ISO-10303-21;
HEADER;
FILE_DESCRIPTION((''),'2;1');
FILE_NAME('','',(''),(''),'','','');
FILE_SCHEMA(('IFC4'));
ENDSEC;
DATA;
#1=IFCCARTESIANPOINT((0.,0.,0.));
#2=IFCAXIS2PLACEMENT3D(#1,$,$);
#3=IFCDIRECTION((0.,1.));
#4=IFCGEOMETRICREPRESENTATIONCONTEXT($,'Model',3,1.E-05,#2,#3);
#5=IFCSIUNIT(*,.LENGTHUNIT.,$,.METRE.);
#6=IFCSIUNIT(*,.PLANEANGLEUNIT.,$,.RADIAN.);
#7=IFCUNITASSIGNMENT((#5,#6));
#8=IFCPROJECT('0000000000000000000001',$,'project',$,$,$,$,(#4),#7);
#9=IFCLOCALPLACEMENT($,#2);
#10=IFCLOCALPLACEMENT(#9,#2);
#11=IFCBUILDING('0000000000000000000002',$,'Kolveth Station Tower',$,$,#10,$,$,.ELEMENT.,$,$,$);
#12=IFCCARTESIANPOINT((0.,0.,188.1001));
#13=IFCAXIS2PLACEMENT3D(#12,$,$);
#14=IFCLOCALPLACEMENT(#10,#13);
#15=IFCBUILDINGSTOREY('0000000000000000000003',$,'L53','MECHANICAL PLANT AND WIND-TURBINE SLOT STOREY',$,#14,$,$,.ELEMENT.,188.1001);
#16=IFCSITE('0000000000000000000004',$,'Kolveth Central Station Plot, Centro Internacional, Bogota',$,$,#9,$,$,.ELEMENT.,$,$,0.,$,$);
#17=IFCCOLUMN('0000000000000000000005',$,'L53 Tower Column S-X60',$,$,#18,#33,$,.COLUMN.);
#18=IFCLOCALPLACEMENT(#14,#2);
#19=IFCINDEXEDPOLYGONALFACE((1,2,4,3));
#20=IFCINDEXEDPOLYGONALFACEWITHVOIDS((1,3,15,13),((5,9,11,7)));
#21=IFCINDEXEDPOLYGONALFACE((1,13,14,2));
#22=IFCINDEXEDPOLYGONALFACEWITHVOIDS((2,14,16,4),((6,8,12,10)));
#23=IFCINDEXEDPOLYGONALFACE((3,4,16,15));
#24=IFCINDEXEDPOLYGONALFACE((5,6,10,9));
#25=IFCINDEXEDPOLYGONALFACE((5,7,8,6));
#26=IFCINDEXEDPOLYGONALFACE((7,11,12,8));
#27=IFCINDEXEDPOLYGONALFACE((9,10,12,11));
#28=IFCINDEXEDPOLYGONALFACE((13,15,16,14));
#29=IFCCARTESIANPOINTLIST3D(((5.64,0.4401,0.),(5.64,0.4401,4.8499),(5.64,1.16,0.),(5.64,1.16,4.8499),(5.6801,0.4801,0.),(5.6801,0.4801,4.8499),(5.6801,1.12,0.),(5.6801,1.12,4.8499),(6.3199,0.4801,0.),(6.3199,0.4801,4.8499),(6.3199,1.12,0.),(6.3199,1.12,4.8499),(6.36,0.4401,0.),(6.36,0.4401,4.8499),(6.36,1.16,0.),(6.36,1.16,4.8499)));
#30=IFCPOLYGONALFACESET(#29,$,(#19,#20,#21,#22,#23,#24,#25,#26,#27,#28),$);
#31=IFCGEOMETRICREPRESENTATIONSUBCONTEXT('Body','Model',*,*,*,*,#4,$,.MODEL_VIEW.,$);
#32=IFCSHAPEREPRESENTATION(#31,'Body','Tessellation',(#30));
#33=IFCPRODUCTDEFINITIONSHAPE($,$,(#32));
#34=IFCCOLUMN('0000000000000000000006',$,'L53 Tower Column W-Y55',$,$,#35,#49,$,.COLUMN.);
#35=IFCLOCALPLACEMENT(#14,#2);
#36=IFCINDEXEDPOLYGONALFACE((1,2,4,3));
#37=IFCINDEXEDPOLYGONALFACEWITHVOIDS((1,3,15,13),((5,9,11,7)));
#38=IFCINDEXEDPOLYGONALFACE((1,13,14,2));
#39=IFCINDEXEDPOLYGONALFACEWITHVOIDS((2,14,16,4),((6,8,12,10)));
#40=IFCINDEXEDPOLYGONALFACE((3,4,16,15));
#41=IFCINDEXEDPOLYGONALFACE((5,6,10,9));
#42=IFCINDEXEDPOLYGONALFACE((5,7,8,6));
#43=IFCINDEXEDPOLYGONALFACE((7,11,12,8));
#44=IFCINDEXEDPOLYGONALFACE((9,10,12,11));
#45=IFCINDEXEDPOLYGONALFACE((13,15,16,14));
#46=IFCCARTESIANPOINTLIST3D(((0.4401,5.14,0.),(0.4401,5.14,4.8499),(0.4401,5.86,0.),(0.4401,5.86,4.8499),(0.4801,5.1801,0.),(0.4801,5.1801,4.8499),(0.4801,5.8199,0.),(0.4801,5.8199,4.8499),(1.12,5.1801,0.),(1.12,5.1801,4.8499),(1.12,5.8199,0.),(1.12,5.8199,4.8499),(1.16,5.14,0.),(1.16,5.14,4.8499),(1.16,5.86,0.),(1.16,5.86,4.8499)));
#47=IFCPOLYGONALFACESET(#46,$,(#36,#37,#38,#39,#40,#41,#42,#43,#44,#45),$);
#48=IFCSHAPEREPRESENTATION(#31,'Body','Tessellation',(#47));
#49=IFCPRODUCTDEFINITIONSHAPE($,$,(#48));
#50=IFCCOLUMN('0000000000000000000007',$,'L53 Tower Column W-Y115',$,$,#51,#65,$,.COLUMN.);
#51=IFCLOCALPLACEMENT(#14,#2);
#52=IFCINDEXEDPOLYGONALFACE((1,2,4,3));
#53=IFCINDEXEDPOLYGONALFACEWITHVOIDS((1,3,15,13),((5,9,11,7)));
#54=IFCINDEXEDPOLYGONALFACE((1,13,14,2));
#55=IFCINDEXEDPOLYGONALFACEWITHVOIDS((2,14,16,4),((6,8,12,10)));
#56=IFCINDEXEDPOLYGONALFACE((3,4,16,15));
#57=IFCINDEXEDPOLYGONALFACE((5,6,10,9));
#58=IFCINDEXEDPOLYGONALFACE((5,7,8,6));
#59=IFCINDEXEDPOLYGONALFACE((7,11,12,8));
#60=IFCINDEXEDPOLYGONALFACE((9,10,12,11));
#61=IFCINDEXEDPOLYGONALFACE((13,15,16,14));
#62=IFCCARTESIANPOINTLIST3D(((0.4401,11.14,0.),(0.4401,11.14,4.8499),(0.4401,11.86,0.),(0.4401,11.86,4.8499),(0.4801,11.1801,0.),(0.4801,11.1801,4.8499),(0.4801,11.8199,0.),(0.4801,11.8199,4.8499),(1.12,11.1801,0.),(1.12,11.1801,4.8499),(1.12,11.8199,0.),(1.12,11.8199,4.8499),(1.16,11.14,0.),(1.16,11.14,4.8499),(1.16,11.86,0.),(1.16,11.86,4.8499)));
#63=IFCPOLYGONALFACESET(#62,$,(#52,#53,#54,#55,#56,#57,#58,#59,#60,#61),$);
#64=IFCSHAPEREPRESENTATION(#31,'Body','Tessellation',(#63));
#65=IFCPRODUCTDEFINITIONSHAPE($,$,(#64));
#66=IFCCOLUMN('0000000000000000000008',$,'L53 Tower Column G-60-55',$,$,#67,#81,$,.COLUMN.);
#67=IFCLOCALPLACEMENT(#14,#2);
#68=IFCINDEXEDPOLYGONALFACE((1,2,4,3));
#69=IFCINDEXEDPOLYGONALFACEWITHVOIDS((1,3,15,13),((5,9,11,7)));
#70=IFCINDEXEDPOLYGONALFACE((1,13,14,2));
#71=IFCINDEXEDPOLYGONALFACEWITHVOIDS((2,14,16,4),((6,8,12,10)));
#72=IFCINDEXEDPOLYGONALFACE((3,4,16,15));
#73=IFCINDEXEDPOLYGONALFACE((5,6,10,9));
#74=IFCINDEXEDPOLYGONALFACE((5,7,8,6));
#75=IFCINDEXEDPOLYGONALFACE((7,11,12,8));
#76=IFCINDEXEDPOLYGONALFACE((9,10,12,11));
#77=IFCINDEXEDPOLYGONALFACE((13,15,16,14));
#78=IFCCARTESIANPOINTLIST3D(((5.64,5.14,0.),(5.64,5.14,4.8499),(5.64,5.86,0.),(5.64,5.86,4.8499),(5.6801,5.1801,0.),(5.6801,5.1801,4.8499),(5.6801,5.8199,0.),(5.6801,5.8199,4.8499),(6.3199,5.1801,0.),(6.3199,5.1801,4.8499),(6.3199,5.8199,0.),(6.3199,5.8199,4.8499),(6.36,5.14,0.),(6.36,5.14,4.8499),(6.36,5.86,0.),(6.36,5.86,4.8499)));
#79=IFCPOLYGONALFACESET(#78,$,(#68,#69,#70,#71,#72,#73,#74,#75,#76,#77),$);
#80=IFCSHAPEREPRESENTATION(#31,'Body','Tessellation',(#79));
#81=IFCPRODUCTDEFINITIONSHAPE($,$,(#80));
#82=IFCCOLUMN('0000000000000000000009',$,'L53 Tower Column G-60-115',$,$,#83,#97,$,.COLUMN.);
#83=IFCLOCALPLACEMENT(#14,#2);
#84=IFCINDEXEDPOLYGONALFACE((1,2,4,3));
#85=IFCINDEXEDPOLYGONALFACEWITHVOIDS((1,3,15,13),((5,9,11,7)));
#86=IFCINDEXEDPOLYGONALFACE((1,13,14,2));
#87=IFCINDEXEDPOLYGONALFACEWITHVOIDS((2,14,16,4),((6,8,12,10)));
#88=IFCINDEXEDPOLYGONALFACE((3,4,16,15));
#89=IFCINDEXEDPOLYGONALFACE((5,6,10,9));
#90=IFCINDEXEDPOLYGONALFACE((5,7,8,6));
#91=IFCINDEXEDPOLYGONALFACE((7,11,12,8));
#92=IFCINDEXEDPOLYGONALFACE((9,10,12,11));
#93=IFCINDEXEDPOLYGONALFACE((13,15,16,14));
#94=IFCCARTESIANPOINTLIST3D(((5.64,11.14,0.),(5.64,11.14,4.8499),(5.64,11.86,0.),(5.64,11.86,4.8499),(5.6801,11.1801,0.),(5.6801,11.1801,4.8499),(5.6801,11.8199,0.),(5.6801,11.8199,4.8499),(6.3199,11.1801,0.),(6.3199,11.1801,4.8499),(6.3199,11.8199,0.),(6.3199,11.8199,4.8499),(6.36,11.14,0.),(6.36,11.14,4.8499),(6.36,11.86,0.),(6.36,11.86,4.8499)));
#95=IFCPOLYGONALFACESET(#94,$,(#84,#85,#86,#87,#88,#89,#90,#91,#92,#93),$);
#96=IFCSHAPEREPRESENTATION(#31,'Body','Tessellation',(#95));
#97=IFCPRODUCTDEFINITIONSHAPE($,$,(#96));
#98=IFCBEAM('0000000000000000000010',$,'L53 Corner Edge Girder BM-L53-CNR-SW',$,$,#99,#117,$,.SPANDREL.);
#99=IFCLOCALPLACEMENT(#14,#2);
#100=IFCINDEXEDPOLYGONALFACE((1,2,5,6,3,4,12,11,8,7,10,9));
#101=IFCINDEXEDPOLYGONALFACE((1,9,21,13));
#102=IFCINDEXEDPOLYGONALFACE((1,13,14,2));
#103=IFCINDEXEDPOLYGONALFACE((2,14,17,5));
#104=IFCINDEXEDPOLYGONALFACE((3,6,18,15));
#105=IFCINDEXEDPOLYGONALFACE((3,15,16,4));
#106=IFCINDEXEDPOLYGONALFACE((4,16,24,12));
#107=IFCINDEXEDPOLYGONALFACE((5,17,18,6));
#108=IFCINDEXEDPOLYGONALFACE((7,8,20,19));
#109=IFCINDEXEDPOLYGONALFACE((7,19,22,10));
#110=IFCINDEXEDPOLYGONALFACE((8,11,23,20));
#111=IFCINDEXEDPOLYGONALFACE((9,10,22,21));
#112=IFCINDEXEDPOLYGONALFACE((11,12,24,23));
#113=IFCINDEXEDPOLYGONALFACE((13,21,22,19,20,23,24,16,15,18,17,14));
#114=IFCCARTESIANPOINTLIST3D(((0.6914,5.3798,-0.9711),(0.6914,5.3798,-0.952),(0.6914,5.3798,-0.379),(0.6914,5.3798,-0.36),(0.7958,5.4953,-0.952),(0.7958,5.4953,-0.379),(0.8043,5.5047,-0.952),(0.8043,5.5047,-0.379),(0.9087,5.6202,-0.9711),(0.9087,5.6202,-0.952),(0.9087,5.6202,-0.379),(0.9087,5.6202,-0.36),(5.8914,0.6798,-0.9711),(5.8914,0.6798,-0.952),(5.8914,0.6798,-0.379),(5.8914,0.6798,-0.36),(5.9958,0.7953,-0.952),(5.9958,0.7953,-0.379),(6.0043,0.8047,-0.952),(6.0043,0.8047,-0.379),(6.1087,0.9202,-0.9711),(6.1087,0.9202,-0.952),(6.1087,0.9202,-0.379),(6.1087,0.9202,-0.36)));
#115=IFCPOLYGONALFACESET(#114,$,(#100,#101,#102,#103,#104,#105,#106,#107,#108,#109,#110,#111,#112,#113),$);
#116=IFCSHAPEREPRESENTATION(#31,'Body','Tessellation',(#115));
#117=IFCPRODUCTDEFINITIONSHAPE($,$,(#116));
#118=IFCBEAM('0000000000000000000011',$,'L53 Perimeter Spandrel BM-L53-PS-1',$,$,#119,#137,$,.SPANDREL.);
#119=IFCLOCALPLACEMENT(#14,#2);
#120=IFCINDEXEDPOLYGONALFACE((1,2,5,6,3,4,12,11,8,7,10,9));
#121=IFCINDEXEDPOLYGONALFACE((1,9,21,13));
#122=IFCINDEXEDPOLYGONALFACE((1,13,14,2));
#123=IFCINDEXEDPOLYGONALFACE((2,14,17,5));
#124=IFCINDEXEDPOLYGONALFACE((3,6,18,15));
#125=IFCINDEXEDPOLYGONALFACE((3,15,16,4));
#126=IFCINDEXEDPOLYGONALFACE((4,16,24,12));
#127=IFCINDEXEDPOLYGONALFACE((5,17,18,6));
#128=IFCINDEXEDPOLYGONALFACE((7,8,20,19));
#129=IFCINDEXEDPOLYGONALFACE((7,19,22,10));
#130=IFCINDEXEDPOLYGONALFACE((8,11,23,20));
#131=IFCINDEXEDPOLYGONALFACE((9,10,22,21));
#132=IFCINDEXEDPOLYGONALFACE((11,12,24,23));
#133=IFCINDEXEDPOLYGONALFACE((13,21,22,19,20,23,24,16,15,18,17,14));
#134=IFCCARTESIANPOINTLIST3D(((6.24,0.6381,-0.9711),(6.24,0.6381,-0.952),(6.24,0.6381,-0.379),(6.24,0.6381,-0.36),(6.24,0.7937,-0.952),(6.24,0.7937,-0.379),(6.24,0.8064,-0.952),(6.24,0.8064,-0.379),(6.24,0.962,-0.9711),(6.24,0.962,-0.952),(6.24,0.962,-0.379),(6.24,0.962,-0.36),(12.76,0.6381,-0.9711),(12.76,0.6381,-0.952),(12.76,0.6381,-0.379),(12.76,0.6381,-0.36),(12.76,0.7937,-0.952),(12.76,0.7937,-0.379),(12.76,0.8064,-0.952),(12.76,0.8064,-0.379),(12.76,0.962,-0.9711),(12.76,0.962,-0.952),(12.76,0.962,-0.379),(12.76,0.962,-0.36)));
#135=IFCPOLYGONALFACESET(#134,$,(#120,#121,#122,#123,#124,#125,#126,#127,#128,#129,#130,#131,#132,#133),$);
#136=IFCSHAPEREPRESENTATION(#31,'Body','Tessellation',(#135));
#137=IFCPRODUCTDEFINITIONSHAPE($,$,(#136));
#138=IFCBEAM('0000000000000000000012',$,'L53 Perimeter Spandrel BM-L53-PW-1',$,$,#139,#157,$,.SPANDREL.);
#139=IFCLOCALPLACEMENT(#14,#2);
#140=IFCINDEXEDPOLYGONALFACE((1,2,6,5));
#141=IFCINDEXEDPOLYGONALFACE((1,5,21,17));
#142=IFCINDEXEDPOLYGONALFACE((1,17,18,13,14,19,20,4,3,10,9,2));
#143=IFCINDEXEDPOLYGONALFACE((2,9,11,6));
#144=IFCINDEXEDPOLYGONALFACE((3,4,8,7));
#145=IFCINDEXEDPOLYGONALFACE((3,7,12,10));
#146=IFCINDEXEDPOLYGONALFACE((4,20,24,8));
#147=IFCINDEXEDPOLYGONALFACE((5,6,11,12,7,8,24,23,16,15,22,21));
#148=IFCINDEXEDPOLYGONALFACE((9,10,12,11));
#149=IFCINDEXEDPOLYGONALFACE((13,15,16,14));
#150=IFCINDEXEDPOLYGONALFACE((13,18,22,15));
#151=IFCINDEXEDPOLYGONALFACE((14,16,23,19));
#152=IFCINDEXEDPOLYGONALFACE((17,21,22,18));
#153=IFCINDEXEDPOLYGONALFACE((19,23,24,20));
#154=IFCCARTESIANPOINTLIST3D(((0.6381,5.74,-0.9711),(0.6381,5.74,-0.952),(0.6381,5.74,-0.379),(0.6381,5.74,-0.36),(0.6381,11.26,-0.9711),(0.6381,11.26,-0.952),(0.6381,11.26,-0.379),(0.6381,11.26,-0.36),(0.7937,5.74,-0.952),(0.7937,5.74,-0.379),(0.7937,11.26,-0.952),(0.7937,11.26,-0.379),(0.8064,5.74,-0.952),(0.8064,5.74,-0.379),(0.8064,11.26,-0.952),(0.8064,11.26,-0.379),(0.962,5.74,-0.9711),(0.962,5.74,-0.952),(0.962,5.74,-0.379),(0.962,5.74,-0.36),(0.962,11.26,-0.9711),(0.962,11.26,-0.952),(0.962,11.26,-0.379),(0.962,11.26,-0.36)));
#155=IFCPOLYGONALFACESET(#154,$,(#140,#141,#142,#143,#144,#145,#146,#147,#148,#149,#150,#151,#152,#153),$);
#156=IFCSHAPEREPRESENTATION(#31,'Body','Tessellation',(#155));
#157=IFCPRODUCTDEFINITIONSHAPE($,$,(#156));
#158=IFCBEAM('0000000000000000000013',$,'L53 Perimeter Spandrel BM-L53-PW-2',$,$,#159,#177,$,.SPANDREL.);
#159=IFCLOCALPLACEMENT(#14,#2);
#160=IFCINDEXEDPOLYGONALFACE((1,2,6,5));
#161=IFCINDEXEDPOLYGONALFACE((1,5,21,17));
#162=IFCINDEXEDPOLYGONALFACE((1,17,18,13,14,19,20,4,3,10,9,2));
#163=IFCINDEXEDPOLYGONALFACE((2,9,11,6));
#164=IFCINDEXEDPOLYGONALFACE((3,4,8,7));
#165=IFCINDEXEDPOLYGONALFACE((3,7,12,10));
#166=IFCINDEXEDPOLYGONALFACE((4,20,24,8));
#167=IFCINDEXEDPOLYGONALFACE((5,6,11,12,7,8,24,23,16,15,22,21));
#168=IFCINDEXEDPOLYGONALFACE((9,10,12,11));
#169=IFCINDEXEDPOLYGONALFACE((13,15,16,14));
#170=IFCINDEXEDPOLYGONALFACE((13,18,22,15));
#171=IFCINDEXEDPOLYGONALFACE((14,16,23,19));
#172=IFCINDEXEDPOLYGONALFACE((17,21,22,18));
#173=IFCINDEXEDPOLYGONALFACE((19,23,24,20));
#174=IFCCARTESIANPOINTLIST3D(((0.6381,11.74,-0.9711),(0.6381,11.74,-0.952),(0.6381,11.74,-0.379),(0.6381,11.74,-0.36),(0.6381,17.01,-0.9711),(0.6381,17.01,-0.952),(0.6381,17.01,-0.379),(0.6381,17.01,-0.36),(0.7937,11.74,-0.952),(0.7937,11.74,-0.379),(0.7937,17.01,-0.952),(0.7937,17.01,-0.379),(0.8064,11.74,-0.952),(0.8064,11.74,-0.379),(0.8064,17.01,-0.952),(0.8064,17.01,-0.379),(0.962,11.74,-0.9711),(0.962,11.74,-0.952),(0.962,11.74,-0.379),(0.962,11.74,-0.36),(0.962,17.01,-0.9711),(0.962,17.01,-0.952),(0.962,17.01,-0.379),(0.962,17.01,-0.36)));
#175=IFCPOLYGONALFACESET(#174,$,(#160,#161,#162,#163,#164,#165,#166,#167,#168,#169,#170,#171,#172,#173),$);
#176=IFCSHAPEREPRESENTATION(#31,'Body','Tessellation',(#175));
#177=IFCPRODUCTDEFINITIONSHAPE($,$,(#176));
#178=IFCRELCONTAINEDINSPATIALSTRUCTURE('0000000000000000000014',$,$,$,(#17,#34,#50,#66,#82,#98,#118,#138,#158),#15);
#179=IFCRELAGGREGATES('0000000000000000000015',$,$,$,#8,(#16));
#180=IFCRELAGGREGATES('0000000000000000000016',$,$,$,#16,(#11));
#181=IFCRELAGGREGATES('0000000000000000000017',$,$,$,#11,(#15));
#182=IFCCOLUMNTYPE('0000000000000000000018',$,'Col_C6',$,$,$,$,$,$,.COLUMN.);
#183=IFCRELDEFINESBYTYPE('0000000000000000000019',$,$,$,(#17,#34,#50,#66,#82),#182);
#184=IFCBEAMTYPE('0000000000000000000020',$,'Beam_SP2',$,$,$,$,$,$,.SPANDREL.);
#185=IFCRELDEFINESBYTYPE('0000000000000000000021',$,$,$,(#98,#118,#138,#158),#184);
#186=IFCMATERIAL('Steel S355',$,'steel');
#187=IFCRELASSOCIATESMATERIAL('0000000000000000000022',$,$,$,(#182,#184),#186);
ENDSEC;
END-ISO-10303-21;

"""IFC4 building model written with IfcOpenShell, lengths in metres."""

from ifc_helpers import new_model, si_unit, direction, frame, origin, origin_2d, place, context, subcontext, project, spatial, hollow_rectangle, i_section, extrude, source, transform, mapped, material, material_profile, profile_set, type_object, element, save


model = new_model("IFC4")

# Units and contexts
model_context = context("Model", 3, precision=1e-05, world=origin(), true_north=direction((0.0, 1.0)))
body_context = subcontext(model_context, "Body", "Model", "MODEL_VIEW")
ifc_project = project(units=[si_unit("LENGTHUNIT", "METRE"), si_unit("PLANEANGLEUNIT", "RADIAN")], contexts=[model_context])

# Site, building, storey
site_placement = place(None, origin())
site = spatial("IfcSite", under=ifc_project, at=site_placement, Name="Kolveth Central Station Plot, Centro Internacional, Bogota", CompositionType="ELEMENT", RefElevation=0.0)
building_placement = place(site_placement, origin())
building = spatial("IfcBuilding", under=site, at=building_placement, Name="Kolveth Station Tower", CompositionType="ELEMENT")
storey_placement = place(building_placement, frame((0.0, 0.0, 188.1001)))
storey = spatial("IfcBuildingStorey", under=building, at=storey_placement, Name="L53", Description="MECHANICAL PLANT AND WIND-TURBINE SLOT STOREY", CompositionType="ELEMENT", Elevation=188.1001)

# Columns
ifc_material_1 = material(Name="Steel S355", Category="steel")
ifc_material_profile_1 = material_profile(ifc_material_1, hollow_rectangle(XDim=0.72, YDim=0.72, WallThickness=0.04, at=origin_2d()), Name="BOX720x720x40")
ifc_profile_set_1 = profile_set([ifc_material_profile_1], Name="Steel S355")
column_type = type_object("IfcColumnType", Name="Col_C6", PredefinedType="COLUMN", material=ifc_profile_set_1)
shared_shape_1 = source(origin(), body_context, "Body", "SweptSolid", [
    extrude(hollow_rectangle(XDim=0.72, YDim=0.72, WallThickness=0.04, at=origin_2d()), origin(), (0.0, 0.0, 1.0), 4.8499),
])
for number, where, z_axis, x_axis, name in (
    (1, (6.0, 0.8, 0.0), (0.0, 0.0, 1.0), (1.0, 0.0, 0.0), "L53 Tower Column S-X60"),
    (2, (0.8, 5.5, 0.0), (0.0, 0.0, 1.0), (1.0, 0.0, 0.0), "L53 Tower Column W-Y55"),
    (3, (0.8, 11.5, 0.0), (0.0, 0.0, 1.0), (1.0, 0.0, 0.0), "L53 Tower Column W-Y115"),
    (4, (6.0, 5.5, 0.0), (0.0, 0.0, 1.0), (1.0, 0.0, 0.0), "L53 Tower Column G-60-55"),
    (5, (6.0, 11.5, 0.0), (0.0, 0.0, 1.0), (1.0, 0.0, 0.0), "L53 Tower Column G-60-115"),
):
    element("IfcColumn", number, at=place(storey_placement, frame(where, z_axis=z_axis, x_axis=x_axis)), inside=storey, type_object=column_type, Name=name, PredefinedType="COLUMN", context=body_context, shape_type="MappedRepresentation", body=[
        mapped(shared_shape_1, transform((0.0, 0.0, 0.0), x_axis=(1.0, 0.0, 0.0), y_axis=(0.0, 1.0, 0.0), z_axis=(0.0, 0.0, 1.0), scale=1.0)),
    ])

# Beams
ifc_material_profile_2 = material_profile(ifc_material_1, i_section(OverallWidth=0.324, OverallDepth=0.6111, WebThickness=0.0127, FlangeThickness=0.019, at=origin_2d()), Name="W610x155")
ifc_profile_set_2 = profile_set([ifc_material_profile_2], Name="Steel S355")
beam_type_1 = type_object("IfcBeamType", Name="Beam_SP2", PredefinedType="SPANDREL", material=ifc_profile_set_2)
shared_shape_2 = source(origin(), body_context, "Body", "SweptSolid", [
    extrude(i_section(OverallWidth=0.324, OverallDepth=0.6111, WebThickness=0.0127, FlangeThickness=0.019, at=origin_2d()), origin(), (0.0, 0.0, 1.0), 7.0093),
])
beam_1_placement = place(storey_placement, frame((0.8, 5.5, -0.6655), z_axis=(0.741874, -0.670539, 0.0), x_axis=(0.670539, 0.741874, 0.0)))
element("IfcBeam", 6, at=beam_1_placement, inside=storey, type_object=beam_type_1, Name="L53 Corner Edge Girder BM-L53-CNR-SW", PredefinedType="SPANDREL", context=body_context, shape_type="MappedRepresentation", body=[
    mapped(shared_shape_2, transform((0.0, 0.0, 0.0), x_axis=(1.0, 0.0, 0.0), y_axis=(0.0, 1.0, 0.0), z_axis=(0.0, 0.0, 1.0), scale=1.0)),
])
shared_shape_3 = source(origin(), body_context, "Body", "SweptSolid", [
    extrude(i_section(OverallWidth=0.324, OverallDepth=0.6111, WebThickness=0.0127, FlangeThickness=0.019, at=origin_2d()), origin(), (0.0, 0.0, 1.0), 6.52),
])
beam_2_placement = place(storey_placement, frame((6.24, 0.8, -0.6655), z_axis=(1.0, 0.0, 0.0), x_axis=(0.0, 1.0, 0.0)))
element("IfcBeam", 7, at=beam_2_placement, inside=storey, type_object=beam_type_1, Name="L53 Perimeter Spandrel BM-L53-PS-1", PredefinedType="SPANDREL", context=body_context, shape_type="MappedRepresentation", body=[
    mapped(shared_shape_3, transform((0.0, 0.0, 0.0), x_axis=(1.0, 0.0, 0.0), y_axis=(0.0, 1.0, 0.0), z_axis=(0.0, 0.0, 1.0), scale=1.0)),
])
shared_shape_4 = source(origin(), body_context, "Body", "SweptSolid", [
    extrude(i_section(OverallWidth=0.324, OverallDepth=0.6111, WebThickness=0.0127, FlangeThickness=0.019, at=origin_2d()), origin(), (0.0, 0.0, 1.0), 5.52),
])
beam_3_placement = place(storey_placement, frame((0.8, 5.74, -0.6655), z_axis=(0.0, 1.0, 0.0), x_axis=(-1.0, 0.0, 0.0)))
element("IfcBeam", 8, at=beam_3_placement, inside=storey, type_object=beam_type_1, Name="L53 Perimeter Spandrel BM-L53-PW-1", PredefinedType="SPANDREL", context=body_context, shape_type="MappedRepresentation", body=[
    mapped(shared_shape_4, transform((0.0, 0.0, 0.0), x_axis=(1.0, 0.0, 0.0), y_axis=(0.0, 1.0, 0.0), z_axis=(0.0, 0.0, 1.0), scale=1.0)),
])
shared_shape_5 = source(origin(), body_context, "Body", "SweptSolid", [
    extrude(i_section(OverallWidth=0.324, OverallDepth=0.6111, WebThickness=0.0127, FlangeThickness=0.019, at=origin_2d()), origin(), (0.0, 0.0, 1.0), 5.27),
])
beam_4_placement = place(storey_placement, frame((0.8, 11.74, -0.6655), z_axis=(0.0, 1.0, 0.0), x_axis=(-1.0, 0.0, 0.0)))
element("IfcBeam", 9, at=beam_4_placement, inside=storey, type_object=beam_type_1, Name="L53 Perimeter Spandrel BM-L53-PW-2", PredefinedType="SPANDREL", context=body_context, shape_type="MappedRepresentation", body=[
    mapped(shared_shape_5, transform((0.0, 0.0, 0.0), x_axis=(1.0, 0.0, 0.0), y_axis=(0.0, 1.0, 0.0), z_axis=(0.0, 0.0, 1.0), scale=1.0)),
])

save(model, "model.ifc")
